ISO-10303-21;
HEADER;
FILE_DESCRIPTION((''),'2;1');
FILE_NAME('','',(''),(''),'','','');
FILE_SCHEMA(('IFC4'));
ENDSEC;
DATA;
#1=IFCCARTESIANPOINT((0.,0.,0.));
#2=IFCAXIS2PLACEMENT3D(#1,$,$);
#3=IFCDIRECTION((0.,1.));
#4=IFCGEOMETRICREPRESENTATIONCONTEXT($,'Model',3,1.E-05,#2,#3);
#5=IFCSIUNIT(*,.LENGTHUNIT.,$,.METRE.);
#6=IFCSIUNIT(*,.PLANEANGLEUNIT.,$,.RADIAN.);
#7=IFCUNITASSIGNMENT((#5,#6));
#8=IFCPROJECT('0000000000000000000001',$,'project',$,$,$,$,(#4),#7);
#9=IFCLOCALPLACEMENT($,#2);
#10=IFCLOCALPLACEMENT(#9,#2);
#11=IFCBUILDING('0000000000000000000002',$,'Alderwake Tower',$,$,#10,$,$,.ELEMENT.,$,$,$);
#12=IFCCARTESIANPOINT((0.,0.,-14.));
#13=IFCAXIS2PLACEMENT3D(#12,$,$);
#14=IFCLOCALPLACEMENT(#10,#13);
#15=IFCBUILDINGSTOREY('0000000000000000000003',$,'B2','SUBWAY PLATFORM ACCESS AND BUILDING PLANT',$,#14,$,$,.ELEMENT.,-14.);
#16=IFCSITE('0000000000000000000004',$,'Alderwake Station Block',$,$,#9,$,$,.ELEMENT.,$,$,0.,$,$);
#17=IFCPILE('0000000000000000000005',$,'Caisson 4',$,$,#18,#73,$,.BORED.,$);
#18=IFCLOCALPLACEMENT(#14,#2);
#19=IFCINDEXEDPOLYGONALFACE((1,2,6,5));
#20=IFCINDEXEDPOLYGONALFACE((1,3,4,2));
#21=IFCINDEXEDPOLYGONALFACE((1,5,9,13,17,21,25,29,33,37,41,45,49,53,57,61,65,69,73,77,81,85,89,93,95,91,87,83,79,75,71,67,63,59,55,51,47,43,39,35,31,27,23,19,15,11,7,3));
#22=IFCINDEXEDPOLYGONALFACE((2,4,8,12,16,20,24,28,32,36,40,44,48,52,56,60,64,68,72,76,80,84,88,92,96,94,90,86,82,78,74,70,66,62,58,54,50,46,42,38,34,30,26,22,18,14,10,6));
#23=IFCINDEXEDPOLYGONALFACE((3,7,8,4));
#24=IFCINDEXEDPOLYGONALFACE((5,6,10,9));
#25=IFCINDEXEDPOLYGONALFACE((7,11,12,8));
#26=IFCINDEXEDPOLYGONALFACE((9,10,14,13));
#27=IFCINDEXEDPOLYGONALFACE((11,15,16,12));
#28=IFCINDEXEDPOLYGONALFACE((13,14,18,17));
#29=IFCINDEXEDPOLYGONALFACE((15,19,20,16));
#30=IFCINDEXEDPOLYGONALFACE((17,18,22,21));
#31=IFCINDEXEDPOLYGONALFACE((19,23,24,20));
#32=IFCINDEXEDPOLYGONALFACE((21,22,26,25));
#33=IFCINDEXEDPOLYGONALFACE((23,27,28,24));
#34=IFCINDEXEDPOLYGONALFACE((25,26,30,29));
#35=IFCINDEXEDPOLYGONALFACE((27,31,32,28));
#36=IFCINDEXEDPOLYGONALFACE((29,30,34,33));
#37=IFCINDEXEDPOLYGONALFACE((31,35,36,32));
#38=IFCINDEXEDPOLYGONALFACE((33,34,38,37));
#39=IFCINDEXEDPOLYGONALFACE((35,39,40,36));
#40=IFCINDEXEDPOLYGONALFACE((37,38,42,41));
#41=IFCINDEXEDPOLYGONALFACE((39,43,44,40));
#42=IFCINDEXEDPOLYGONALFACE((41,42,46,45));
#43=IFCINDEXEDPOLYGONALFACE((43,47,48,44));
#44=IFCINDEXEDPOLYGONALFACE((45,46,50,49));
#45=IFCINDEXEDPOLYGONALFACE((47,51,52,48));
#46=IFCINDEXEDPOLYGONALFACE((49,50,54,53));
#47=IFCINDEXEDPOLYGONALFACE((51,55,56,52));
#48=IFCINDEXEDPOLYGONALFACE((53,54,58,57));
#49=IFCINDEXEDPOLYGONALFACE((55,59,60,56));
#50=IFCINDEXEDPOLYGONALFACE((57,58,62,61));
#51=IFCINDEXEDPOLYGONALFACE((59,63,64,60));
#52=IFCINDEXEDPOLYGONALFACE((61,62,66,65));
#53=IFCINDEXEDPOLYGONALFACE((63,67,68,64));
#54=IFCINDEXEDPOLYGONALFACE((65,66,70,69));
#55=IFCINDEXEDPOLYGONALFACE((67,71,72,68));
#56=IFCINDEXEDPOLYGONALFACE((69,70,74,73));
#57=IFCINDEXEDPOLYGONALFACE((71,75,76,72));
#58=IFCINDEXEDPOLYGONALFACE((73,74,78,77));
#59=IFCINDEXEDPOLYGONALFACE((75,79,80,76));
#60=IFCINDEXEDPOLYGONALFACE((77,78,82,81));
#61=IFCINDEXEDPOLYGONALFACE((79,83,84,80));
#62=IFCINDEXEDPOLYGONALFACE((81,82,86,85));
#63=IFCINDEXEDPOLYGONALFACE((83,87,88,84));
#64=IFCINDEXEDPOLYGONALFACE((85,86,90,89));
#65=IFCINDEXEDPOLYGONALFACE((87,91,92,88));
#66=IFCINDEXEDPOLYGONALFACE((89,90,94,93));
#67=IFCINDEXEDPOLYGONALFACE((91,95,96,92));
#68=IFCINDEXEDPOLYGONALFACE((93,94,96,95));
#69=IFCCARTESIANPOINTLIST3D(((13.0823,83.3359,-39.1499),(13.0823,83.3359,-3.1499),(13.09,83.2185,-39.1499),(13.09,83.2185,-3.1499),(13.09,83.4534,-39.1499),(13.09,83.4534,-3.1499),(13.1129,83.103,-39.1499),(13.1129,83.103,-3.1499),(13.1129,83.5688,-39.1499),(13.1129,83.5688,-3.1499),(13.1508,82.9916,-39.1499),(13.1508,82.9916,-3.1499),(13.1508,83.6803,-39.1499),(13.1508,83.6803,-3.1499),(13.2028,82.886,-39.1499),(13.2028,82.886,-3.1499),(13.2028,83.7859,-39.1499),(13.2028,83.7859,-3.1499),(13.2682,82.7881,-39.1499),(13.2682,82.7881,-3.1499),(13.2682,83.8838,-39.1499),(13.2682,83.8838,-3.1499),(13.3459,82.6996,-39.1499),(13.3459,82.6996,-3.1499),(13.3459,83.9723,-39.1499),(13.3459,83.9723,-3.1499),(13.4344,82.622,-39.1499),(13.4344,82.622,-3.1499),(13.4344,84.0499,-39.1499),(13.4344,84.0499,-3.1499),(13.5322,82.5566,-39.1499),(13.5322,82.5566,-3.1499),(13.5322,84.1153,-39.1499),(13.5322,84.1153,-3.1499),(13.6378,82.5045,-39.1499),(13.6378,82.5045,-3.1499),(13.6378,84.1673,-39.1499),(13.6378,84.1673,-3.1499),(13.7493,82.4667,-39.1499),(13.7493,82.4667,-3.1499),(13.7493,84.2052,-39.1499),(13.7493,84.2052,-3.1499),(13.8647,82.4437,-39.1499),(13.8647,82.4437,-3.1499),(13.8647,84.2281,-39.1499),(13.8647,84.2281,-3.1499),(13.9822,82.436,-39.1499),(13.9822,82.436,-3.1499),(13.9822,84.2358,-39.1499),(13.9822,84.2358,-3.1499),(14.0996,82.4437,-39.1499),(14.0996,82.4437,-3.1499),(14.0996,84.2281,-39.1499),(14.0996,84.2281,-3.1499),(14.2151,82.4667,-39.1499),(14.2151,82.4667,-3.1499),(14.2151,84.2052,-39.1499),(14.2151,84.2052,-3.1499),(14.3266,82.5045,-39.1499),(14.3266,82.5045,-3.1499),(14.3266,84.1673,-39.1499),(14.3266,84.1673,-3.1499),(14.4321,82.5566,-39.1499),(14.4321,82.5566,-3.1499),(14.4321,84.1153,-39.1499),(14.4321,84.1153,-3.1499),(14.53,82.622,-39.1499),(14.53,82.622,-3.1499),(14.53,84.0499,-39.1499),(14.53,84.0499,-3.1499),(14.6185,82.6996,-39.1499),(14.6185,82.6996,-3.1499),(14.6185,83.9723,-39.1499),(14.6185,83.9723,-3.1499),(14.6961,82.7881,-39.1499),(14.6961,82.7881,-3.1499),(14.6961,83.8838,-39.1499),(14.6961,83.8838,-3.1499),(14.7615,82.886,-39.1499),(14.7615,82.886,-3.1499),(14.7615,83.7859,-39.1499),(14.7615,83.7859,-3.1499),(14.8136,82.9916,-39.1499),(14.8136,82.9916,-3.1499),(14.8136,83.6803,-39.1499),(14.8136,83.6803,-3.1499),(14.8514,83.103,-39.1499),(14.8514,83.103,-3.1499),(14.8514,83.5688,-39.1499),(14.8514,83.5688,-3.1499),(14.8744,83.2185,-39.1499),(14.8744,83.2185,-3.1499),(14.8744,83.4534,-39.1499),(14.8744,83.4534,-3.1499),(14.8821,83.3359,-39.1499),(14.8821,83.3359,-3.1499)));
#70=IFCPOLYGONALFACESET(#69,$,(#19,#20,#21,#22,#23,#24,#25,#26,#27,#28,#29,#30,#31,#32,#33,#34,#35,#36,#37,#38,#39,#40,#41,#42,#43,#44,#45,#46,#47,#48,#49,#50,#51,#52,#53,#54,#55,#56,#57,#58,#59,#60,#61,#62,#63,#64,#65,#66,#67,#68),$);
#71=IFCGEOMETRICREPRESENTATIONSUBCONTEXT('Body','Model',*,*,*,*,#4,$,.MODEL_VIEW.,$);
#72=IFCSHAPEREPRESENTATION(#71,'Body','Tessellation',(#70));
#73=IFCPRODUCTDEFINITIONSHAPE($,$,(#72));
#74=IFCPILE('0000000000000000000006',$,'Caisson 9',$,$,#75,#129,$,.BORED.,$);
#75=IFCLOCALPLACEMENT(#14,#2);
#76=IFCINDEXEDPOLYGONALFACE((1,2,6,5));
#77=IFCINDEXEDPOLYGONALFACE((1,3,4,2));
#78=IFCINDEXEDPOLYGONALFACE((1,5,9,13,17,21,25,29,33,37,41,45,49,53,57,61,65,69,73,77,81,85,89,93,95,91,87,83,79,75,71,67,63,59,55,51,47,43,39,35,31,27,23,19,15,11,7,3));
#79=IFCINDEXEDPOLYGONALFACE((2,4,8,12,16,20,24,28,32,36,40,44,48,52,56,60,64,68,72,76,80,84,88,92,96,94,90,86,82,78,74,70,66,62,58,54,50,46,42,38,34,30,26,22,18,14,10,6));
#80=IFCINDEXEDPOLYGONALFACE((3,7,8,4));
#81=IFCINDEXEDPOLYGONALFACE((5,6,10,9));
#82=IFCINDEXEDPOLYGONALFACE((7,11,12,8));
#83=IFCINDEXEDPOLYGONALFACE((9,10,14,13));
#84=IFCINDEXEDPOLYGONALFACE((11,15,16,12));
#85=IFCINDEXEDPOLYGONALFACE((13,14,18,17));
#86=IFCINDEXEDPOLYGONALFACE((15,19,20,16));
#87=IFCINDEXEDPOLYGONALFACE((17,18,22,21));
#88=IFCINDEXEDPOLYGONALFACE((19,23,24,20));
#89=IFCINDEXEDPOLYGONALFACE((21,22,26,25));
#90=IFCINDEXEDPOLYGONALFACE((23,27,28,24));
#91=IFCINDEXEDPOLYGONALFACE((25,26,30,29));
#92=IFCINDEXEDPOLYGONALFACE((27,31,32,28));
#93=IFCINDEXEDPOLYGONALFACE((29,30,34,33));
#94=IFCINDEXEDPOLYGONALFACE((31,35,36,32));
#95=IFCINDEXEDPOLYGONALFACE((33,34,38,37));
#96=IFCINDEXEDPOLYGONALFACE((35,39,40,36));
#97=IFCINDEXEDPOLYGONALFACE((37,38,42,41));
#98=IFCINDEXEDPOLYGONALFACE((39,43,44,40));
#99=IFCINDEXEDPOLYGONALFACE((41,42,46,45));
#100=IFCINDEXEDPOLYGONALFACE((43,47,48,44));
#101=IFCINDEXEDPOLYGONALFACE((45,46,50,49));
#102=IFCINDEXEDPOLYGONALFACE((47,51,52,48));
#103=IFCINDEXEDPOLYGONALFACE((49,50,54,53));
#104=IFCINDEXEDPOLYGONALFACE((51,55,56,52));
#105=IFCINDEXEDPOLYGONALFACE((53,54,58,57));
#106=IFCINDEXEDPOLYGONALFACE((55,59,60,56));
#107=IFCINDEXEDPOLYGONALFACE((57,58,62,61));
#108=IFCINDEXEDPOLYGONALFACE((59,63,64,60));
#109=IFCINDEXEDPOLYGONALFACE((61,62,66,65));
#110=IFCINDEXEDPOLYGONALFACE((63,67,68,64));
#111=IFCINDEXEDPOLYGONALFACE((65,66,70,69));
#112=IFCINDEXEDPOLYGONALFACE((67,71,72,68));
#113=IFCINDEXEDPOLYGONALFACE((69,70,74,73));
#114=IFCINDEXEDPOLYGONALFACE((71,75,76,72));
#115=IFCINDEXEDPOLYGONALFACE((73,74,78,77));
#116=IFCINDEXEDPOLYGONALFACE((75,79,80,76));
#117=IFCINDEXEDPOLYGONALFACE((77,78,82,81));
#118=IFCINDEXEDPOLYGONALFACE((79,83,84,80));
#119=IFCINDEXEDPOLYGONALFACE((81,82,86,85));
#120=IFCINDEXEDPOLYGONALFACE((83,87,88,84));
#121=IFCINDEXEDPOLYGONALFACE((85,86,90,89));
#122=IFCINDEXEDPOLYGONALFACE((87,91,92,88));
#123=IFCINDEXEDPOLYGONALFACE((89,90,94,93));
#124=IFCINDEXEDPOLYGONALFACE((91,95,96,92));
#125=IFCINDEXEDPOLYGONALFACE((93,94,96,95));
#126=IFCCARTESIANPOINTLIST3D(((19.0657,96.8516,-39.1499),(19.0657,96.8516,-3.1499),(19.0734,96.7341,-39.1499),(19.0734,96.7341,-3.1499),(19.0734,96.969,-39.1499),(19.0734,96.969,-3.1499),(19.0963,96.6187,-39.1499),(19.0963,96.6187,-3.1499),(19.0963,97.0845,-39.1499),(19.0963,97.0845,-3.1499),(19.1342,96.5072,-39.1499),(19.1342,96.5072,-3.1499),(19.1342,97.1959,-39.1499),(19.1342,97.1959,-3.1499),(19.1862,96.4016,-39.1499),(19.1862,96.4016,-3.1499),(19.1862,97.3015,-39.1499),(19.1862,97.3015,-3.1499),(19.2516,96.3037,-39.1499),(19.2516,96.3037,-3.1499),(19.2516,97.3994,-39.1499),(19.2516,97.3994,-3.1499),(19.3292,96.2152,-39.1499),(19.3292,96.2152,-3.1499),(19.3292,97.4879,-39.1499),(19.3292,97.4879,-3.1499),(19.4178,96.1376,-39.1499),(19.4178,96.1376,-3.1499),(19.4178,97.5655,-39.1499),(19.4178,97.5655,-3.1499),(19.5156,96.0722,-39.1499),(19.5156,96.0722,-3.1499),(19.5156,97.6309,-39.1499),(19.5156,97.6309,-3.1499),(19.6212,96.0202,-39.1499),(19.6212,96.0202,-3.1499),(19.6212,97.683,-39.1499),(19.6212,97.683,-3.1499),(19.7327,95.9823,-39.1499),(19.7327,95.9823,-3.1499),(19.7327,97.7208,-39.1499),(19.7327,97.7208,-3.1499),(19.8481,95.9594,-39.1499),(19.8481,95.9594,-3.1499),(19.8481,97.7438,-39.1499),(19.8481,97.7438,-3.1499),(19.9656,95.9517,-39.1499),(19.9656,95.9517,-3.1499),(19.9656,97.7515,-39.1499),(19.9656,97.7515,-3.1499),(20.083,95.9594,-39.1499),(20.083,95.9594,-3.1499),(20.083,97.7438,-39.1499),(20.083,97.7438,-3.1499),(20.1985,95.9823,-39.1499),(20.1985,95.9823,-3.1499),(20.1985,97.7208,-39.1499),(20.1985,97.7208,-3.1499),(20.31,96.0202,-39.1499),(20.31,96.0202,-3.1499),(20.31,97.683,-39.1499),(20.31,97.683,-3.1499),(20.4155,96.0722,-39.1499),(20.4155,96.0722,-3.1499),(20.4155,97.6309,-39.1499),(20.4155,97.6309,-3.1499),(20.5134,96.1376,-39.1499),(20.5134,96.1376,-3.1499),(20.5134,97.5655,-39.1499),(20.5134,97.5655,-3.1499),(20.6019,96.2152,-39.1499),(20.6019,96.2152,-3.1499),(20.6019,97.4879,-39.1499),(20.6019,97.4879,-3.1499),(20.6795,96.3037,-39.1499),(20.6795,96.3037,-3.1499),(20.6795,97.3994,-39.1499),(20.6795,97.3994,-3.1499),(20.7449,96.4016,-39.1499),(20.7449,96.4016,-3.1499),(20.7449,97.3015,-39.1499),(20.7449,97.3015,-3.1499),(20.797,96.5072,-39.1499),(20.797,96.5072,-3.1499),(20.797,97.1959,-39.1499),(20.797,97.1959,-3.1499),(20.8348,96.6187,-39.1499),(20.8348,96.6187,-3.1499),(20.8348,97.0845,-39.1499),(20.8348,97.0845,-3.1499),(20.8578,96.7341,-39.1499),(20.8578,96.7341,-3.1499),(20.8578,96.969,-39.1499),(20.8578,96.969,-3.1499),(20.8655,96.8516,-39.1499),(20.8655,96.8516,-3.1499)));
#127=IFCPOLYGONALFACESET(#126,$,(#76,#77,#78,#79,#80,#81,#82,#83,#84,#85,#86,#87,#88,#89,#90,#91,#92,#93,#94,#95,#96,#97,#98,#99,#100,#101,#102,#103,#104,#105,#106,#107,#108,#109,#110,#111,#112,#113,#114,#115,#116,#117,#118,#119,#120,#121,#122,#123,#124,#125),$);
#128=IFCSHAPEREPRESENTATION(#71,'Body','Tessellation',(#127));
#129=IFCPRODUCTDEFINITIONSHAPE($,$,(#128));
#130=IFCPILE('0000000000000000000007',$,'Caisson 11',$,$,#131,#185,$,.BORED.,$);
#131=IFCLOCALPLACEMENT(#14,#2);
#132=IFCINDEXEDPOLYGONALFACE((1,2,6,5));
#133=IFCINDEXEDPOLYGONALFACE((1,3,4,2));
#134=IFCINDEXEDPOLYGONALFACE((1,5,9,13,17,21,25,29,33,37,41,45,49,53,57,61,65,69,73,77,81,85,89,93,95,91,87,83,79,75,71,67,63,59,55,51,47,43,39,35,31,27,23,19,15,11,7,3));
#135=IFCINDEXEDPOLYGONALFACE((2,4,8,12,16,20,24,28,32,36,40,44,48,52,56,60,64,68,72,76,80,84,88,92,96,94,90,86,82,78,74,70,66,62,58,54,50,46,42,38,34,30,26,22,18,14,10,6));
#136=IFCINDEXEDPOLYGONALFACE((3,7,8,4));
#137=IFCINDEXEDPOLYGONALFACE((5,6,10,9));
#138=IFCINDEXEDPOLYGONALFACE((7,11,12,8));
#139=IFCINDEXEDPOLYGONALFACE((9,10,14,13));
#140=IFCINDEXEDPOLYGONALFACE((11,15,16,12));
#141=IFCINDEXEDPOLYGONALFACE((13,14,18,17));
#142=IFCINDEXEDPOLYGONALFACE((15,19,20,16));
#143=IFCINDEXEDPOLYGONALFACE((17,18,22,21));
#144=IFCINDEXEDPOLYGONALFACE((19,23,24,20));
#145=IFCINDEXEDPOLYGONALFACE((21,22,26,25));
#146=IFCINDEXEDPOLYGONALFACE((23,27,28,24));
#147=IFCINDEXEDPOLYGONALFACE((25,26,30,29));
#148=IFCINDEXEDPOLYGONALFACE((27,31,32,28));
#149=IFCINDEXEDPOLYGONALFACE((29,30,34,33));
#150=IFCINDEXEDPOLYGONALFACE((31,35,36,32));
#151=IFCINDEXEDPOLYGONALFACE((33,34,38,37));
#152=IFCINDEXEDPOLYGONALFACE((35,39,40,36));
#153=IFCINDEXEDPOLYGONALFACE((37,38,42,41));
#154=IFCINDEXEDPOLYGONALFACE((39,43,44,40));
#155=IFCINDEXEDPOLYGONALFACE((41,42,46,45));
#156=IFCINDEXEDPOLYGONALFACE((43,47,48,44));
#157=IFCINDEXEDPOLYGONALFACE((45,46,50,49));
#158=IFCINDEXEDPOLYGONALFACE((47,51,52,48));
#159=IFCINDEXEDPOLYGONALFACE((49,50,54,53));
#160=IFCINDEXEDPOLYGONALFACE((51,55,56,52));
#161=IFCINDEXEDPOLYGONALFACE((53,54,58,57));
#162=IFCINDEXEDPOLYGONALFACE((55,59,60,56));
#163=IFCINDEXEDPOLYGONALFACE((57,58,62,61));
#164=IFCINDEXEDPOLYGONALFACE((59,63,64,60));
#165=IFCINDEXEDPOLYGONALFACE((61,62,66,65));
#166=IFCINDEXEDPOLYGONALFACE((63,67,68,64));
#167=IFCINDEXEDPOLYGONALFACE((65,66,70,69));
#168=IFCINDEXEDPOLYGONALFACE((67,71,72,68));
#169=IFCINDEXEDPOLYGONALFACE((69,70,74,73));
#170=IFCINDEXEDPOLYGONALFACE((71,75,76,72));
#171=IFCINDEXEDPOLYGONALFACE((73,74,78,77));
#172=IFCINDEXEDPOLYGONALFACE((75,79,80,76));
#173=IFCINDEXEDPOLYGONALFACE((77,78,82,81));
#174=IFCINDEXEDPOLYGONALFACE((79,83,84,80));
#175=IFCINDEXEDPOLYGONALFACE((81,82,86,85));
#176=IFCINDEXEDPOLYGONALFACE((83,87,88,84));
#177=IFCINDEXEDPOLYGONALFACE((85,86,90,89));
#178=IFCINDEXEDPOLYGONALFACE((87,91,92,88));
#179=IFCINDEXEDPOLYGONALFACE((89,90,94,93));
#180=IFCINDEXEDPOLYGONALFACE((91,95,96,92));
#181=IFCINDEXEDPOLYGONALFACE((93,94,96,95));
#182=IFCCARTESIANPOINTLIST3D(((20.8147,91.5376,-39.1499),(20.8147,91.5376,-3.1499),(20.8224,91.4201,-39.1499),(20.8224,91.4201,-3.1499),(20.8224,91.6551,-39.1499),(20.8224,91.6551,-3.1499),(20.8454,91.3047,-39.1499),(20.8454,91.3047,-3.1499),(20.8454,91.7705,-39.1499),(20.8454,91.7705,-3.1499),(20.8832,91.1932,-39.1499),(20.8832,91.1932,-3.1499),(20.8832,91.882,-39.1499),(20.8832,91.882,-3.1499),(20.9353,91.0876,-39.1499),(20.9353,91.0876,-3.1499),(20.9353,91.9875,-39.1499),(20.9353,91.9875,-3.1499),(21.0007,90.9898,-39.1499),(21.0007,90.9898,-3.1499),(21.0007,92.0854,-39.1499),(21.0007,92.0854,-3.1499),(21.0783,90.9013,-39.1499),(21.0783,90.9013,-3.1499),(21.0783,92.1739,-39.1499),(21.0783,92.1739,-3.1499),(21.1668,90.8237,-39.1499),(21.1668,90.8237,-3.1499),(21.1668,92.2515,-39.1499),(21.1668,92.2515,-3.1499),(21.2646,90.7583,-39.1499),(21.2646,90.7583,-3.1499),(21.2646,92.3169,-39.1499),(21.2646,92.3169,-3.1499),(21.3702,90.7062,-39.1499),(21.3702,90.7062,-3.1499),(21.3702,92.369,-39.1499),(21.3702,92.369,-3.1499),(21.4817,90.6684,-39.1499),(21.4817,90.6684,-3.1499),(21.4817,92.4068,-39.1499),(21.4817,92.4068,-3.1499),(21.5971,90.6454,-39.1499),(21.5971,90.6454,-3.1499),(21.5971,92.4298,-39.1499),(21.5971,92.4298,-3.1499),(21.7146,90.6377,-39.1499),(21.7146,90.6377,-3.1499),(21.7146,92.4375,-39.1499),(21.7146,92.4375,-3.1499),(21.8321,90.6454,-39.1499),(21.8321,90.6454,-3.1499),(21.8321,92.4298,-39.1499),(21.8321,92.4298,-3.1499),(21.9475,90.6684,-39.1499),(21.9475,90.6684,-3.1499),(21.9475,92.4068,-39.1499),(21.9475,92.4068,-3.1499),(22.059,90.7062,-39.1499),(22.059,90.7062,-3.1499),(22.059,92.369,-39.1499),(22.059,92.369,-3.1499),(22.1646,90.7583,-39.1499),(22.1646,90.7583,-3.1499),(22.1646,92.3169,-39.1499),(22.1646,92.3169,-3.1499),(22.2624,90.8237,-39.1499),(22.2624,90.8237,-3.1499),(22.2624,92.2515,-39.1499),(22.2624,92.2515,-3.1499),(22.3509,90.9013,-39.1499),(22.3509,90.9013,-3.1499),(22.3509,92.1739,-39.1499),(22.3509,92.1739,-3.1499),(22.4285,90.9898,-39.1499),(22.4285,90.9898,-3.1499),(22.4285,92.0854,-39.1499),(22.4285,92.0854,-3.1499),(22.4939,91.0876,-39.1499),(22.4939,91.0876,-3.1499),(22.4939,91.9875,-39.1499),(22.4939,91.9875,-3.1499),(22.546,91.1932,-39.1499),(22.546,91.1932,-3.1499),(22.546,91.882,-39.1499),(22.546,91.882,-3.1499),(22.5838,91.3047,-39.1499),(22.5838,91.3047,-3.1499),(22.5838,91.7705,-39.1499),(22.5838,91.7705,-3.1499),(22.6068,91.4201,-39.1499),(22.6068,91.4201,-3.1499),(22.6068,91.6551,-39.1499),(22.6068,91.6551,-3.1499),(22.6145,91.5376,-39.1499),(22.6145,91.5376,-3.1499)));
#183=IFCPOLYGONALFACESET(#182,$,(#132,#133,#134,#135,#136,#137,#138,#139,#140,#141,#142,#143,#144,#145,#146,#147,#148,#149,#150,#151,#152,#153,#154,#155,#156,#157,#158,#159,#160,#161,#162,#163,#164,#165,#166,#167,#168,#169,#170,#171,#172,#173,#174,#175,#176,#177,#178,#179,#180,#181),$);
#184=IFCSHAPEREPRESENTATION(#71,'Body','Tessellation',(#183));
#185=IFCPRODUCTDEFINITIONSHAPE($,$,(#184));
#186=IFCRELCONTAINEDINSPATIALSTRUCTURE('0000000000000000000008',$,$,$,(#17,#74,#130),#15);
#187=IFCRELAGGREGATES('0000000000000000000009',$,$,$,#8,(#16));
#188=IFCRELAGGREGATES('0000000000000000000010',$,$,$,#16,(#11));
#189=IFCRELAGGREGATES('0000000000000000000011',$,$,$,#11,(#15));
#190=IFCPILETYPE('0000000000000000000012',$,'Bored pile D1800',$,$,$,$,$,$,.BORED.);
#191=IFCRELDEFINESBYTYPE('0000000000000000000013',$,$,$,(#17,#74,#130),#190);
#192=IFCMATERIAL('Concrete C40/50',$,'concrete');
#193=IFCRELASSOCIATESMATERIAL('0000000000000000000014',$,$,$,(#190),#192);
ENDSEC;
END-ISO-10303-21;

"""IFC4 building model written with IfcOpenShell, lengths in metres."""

from ifc_helpers import new_model, si_unit, direction, frame, origin, origin_2d, place, context, subcontext, project, spatial, circle, extrude, material, material_profile, profile_set, type_object, element, save


model = new_model("IFC4")

# Units and contexts
model_context = context("Model", 3, precision=1e-05, world=origin(), true_north=direction((0.0, 1.0)))
body_context = subcontext(model_context, "Body", "Model", "MODEL_VIEW")
ifc_project = project(units=[si_unit("LENGTHUNIT", "METRE"), si_unit("PLANEANGLEUNIT", "RADIAN")], contexts=[model_context])

# Site, building, storey
site_placement = place(None, origin())
site = spatial("IfcSite", under=ifc_project, at=site_placement, Name="Alderwake Station Block", CompositionType="ELEMENT", RefElevation=0.0)
building_placement = place(site_placement, origin())
building = spatial("IfcBuilding", under=site, at=building_placement, Name="Alderwake Tower", CompositionType="ELEMENT")
storey_placement = place(building_placement, frame((0.0, 0.0, -14.0)))
storey = spatial("IfcBuildingStorey", under=building, at=storey_placement, Name="B2", Description="SUBWAY PLATFORM ACCESS AND BUILDING PLANT", CompositionType="ELEMENT", Elevation=-14.0)

# Piles
ifc_material_1 = material(Name="Concrete C40/50", Category="concrete")
ifc_material_profile_1 = material_profile(ifc_material_1, circle(Radius=0.8999, at=origin_2d()), Name="PILE 1800")
ifc_profile_set_1 = profile_set([ifc_material_profile_1], Name="Concrete C40/50")
pile_type_1 = type_object("IfcPileType", Name="Bored pile D1800", PredefinedType="BORED", material=ifc_profile_set_1)
for number, where, z_axis, x_axis, name in (
    (1, (13.9822, 83.3359, -3.1499), (0.0, 0.0, -1.0), (1.0, 0.0, 0.0), "Caisson 4"),
    (2, (19.9656, 96.8516, -3.1499), (0.0, 0.0, -1.0), (1.0, 0.0, 0.0), "Caisson 9"),
    (3, (21.7146, 91.5376, -3.1499), (0.0, 0.0, -1.0), (1.0, 0.0, 0.0), "Caisson 11"),
):
    element("IfcPile", number, at=place(storey_placement, frame(where, z_axis=z_axis, x_axis=x_axis)), inside=storey, type_object=pile_type_1, Name=name, PredefinedType="BORED", context=body_context, shape_type="SweptSolid", body=[
        extrude(circle(Radius=0.8999, at=origin_2d()), origin(), (0.0, 0.0, 1.0), 36.0),
    ])

save(model, "model.ifc")
